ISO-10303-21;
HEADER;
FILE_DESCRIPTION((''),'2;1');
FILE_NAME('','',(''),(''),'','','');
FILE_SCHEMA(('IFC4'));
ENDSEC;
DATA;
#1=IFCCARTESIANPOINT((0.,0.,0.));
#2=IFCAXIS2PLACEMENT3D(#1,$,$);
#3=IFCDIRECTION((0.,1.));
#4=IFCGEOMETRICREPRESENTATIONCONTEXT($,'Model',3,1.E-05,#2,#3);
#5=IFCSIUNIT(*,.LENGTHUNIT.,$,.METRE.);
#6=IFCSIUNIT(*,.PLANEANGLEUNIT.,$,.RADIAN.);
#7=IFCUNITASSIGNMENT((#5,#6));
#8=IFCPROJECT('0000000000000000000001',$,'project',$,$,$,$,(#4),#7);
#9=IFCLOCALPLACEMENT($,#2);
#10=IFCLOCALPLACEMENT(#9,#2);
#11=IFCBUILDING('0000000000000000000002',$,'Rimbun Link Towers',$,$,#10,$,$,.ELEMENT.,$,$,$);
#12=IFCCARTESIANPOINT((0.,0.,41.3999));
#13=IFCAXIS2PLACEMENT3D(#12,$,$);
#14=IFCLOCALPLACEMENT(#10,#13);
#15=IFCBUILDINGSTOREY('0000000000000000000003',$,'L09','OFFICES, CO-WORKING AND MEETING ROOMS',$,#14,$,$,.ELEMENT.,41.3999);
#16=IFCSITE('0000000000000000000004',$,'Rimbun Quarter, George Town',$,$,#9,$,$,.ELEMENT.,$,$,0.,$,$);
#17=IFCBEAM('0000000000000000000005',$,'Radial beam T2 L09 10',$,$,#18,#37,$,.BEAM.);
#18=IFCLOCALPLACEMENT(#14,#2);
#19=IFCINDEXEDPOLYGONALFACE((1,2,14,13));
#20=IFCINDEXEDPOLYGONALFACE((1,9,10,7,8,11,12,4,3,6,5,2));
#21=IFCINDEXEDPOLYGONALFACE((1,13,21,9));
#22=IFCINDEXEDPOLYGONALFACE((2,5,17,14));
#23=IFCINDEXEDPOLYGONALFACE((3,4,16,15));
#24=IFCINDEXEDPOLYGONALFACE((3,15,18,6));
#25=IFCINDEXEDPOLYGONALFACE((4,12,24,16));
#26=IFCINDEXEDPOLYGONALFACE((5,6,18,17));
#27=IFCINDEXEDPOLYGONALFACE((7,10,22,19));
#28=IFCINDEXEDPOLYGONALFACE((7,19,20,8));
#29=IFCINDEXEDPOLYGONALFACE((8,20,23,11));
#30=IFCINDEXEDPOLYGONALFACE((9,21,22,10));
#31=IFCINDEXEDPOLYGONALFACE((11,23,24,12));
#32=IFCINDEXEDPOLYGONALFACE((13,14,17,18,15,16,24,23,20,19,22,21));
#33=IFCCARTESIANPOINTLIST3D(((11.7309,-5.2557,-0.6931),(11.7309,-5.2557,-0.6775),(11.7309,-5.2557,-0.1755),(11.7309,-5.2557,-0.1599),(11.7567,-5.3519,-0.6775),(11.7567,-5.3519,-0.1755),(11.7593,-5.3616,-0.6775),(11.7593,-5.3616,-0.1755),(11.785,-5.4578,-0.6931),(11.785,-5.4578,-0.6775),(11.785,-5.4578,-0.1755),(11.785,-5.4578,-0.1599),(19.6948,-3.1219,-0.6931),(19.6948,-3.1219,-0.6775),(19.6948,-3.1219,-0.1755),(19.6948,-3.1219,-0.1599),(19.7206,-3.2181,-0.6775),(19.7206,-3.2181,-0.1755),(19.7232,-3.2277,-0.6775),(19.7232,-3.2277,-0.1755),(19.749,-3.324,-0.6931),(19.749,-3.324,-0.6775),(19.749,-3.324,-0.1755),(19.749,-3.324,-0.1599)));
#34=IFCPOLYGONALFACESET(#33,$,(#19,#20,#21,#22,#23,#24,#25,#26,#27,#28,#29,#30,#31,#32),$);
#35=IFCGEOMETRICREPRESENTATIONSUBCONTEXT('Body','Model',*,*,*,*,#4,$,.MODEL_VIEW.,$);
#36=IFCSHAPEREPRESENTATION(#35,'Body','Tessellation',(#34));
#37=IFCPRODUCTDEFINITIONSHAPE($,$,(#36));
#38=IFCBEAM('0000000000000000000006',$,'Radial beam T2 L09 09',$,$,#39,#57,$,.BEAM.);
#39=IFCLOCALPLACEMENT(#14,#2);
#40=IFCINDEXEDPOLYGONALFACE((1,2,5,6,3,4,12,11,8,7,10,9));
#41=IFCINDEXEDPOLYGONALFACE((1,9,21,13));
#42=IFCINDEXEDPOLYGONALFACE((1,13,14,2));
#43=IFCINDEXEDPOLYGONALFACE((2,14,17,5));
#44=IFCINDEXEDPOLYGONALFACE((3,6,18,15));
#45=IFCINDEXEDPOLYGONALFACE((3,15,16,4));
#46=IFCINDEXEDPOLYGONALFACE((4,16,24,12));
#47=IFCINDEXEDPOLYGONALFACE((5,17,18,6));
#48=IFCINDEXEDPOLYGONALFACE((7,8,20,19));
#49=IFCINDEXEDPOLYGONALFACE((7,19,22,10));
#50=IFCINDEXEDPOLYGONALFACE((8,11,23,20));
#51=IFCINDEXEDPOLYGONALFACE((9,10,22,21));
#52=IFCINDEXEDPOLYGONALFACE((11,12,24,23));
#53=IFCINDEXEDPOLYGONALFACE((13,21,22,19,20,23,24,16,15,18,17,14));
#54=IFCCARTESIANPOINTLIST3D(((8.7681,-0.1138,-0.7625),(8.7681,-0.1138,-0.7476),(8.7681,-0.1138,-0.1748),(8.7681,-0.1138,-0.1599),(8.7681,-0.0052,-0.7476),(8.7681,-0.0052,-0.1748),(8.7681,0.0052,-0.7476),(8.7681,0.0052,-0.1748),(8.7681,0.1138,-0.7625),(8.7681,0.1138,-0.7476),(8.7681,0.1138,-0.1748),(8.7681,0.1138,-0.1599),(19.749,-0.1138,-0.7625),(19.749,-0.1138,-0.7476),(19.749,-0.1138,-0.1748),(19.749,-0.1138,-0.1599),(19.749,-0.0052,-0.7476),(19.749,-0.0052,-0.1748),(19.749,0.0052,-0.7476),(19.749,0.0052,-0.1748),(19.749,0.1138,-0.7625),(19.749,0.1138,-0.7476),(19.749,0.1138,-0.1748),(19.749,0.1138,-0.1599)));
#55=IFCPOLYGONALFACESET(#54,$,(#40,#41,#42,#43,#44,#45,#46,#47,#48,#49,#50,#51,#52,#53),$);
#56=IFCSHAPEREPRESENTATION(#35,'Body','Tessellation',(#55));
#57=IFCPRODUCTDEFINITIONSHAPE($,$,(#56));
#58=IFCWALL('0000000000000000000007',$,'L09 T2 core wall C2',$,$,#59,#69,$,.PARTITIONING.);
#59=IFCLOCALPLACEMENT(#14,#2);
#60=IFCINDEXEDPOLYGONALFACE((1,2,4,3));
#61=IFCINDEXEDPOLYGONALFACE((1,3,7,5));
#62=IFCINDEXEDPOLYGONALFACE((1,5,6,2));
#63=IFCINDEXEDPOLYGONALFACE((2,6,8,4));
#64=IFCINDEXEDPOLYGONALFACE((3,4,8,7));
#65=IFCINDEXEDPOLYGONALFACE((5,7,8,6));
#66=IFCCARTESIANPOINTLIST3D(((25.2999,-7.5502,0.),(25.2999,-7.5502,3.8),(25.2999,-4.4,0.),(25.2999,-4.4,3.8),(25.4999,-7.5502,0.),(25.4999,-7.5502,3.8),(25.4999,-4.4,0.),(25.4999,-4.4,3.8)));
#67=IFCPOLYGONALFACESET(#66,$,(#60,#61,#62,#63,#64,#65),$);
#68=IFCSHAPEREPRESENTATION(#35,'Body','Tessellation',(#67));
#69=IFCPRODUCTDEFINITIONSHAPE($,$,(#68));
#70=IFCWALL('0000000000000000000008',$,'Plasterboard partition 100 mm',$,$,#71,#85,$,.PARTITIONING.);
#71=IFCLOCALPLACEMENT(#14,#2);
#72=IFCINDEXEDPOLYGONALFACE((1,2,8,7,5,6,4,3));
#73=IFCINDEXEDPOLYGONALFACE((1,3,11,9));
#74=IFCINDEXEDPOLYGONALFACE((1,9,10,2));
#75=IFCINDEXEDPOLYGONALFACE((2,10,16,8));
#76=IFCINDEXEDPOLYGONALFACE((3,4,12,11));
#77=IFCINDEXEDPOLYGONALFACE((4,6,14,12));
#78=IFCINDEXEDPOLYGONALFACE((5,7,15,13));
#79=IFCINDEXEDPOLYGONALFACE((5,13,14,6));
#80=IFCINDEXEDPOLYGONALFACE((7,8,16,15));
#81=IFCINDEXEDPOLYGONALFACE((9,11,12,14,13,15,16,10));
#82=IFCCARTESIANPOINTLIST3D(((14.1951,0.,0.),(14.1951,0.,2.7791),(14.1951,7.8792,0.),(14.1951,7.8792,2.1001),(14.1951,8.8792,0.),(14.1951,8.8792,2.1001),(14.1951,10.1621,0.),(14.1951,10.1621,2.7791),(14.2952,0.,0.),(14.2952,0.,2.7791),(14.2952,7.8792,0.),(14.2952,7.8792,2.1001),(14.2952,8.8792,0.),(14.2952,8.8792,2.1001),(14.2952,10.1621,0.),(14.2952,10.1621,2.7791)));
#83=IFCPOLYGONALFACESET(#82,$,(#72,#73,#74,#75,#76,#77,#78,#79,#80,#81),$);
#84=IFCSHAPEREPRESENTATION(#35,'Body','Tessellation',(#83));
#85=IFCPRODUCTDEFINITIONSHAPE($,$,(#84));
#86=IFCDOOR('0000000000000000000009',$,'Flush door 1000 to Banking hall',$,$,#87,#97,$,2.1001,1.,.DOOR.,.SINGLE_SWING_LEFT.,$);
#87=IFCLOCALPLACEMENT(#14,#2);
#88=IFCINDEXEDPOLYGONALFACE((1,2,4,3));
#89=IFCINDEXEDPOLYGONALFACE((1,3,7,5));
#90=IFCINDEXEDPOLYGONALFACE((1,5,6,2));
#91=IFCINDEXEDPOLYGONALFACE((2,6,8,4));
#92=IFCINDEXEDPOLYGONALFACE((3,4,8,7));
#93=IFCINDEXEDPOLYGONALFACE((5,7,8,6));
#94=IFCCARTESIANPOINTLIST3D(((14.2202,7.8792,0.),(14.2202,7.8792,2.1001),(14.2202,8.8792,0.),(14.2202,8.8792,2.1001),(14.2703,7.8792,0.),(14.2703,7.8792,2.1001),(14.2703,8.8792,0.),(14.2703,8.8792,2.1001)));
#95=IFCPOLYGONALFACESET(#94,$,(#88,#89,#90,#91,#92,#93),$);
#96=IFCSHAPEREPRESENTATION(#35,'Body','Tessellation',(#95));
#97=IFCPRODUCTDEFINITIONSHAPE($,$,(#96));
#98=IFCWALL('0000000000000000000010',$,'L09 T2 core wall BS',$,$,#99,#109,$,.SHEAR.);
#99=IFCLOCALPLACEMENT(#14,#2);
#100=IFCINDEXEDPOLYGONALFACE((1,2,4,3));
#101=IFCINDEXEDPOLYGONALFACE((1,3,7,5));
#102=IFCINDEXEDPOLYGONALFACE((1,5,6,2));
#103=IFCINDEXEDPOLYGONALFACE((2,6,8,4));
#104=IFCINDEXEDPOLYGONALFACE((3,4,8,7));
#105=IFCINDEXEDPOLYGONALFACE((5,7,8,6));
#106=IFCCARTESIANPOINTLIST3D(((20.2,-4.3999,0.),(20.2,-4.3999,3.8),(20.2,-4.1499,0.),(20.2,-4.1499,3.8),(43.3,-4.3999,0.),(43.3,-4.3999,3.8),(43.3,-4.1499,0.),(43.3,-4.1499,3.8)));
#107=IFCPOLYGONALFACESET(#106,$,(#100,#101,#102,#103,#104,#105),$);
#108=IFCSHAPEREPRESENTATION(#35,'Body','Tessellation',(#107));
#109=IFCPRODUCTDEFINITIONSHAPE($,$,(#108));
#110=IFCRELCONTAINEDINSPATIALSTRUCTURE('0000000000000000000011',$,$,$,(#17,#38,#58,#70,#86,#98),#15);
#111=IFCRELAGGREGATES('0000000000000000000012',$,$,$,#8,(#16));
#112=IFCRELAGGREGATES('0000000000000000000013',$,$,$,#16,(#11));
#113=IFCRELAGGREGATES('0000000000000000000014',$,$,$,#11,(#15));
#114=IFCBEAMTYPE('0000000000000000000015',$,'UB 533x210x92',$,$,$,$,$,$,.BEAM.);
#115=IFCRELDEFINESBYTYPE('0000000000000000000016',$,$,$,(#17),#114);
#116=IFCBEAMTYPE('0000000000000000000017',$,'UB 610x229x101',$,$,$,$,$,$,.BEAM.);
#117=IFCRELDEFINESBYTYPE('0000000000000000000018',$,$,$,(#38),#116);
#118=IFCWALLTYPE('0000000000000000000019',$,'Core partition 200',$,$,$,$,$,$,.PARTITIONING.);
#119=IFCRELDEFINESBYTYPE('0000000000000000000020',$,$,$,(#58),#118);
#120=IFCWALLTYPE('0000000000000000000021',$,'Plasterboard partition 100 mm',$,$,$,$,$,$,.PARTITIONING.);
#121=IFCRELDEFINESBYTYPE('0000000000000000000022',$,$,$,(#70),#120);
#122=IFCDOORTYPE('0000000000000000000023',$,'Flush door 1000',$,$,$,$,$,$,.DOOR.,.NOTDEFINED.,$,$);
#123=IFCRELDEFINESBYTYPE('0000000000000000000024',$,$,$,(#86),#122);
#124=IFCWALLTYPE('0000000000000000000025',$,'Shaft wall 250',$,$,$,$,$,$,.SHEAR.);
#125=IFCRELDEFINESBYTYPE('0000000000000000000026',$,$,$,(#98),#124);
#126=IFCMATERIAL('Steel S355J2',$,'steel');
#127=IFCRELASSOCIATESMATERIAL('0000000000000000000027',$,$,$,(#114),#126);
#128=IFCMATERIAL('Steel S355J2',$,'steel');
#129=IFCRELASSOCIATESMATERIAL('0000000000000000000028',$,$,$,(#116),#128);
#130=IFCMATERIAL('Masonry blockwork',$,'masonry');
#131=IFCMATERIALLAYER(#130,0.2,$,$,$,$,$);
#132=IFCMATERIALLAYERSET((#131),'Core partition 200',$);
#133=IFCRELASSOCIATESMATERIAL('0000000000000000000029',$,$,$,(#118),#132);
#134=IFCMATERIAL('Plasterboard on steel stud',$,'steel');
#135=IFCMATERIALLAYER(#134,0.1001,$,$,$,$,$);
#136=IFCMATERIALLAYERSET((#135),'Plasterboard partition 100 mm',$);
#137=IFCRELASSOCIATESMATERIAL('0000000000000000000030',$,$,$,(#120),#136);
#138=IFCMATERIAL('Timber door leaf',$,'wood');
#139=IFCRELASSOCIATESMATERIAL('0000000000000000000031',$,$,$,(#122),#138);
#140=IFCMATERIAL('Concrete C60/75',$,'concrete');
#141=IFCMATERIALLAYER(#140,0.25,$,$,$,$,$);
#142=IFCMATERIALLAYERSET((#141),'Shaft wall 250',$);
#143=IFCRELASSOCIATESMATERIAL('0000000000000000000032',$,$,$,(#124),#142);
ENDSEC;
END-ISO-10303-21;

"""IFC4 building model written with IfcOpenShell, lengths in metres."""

from ifc_helpers import new_model, si_unit, direction, frame, frame_2d, origin, origin_2d, place, context, subcontext, project, spatial, rectangle, i_section, extrude, material, layer, layer_set, material_profile, profile_set, type_object, element, fill, save


model = new_model("IFC4")

# Units and contexts
model_context = context("Model", 3, precision=1e-05, world=origin(), true_north=direction((0.0, 1.0)))
body_context = subcontext(model_context, "Body", "Model", "MODEL_VIEW")
ifc_project = project(units=[si_unit("LENGTHUNIT", "METRE"), si_unit("PLANEANGLEUNIT", "RADIAN")], contexts=[model_context])

# Site, building, storey
site_placement = place(None, origin())
site = spatial("IfcSite", under=ifc_project, at=site_placement, Name="Rimbun Quarter, George Town", CompositionType="ELEMENT", RefElevation=0.0)
building_placement = place(site_placement, origin())
building = spatial("IfcBuilding", under=site, at=building_placement, Name="Rimbun Link Towers", CompositionType="ELEMENT")
storey_placement = place(building_placement, frame((0.0, 0.0, 41.3999)))
storey = spatial("IfcBuildingStorey", under=building, at=storey_placement, Name="L09", Description="OFFICES, CO-WORKING AND MEETING ROOMS", CompositionType="ELEMENT", Elevation=41.3999)

# Beams
ifc_material_1 = material(Name="Steel S355J2", Category="steel")
ifc_material_profile_1 = material_profile(ifc_material_1, i_section(OverallWidth=0.2092, OverallDepth=0.5332, WebThickness=0.01, FlangeThickness=0.0156, at=origin_2d()), Name="UB 533x210x92")
ifc_profile_set_1 = profile_set([ifc_material_profile_1], Name="Steel S355J2")
beam_type_1 = type_object("IfcBeamType", Name="UB 533x210x92", PredefinedType="BEAM", material=ifc_profile_set_1)
beam_1_placement = place(storey_placement, frame((19.7219, -3.2229, -0.4265), z_axis=(-0.96593, -0.258805, 0.0), x_axis=(0.258805, -0.96593, 0.0)))
element("IfcBeam", 1, at=beam_1_placement, inside=storey, type_object=beam_type_1, Name="Radial beam T2 L09 10", PredefinedType="BEAM", context=body_context, shape_type="SweptSolid", body=[
    extrude(i_section(OverallWidth=0.2092, OverallDepth=0.5332, WebThickness=0.01, FlangeThickness=0.0156, at=origin_2d()), origin(), (0.0, 0.0, 1.0), 8.2449),
])
ifc_material_2 = material(Name="Steel S355J2", Category="steel")
ifc_material_profile_2 = material_profile(ifc_material_2, i_section(OverallWidth=0.2275, OverallDepth=0.6025, WebThickness=0.0105, FlangeThickness=0.0149, at=origin_2d()), Name="UB 610x229x101")
ifc_profile_set_2 = profile_set([ifc_material_profile_2], Name="Steel S355J2")
beam_type_2 = type_object("IfcBeamType", Name="UB 610x229x101", PredefinedType="BEAM", material=ifc_profile_set_2)
beam_2_placement = place(storey_placement, frame((19.749, 0.0, -0.4612), z_axis=(-1.0, 0.0, 0.0), x_axis=(0.0, -1.0, 0.0)))
element("IfcBeam", 2, at=beam_2_placement, inside=storey, type_object=beam_type_2, Name="Radial beam T2 L09 09", PredefinedType="BEAM", context=body_context, shape_type="SweptSolid", body=[
    extrude(i_section(OverallWidth=0.2275, OverallDepth=0.6025, WebThickness=0.0105, FlangeThickness=0.0149, at=origin_2d()), origin(), (0.0, 0.0, 1.0), 10.981),
])

# Wall
ifc_material_3 = material(Name="Masonry blockwork", Category="masonry")
ifc_layer_1 = layer(ifc_material_3, 0.2)
ifc_layer_set_1 = layer_set([ifc_layer_1], Name="Core partition 200")
wall_type_1 = type_object("IfcWallType", Name="Core partition 200", PredefinedType="PARTITIONING", material=ifc_layer_set_1)
wall_1_placement = place(storey_placement, frame((25.3999, -4.3999, 0.0), z_axis=(0.0, 0.0, 1.0), x_axis=(0.0, -1.0, 0.0)))
element("IfcWall", 3, at=wall_1_placement, inside=storey, type_object=wall_type_1, Name="L09 T2 core wall C2", PredefinedType="PARTITIONING", context=body_context, shape_type="SweptSolid", body=[
    extrude(rectangle(XDim=3.1501, YDim=0.2, at=frame_2d((1.5752, 0.0))), origin(), (0.0, 0.0, 1.0), 3.8),
])

# Wall, opening, door
ifc_material_4 = material(Name="Plasterboard on steel stud", Category="steel")
ifc_layer_2 = layer(ifc_material_4, 0.1001)
ifc_layer_set_2 = layer_set([ifc_layer_2], Name="Plasterboard partition 100 mm")
wall_type_2 = type_object("IfcWallType", Name="Plasterboard partition 100 mm", PredefinedType="PARTITIONING", material=ifc_layer_set_2)
wall_2_placement = place(storey_placement, frame((14.2451, 0.0, 0.0), z_axis=(0.0, 0.0, 1.0), x_axis=(0.0, 1.0, 0.0)))
wall_2 = element("IfcWall", 4, at=wall_2_placement, inside=storey, type_object=wall_type_2, Name="Plasterboard partition 100 mm", PredefinedType="PARTITIONING", context=body_context, shape_type="SweptSolid", body=[
    extrude(rectangle(XDim=10.1621, YDim=0.1001, at=frame_2d((5.0811, 0.0))), origin(), (0.0, 0.0, 1.0), 2.7791),
])
opening_1_placement = place(wall_2_placement, frame((7.8792, 0.0, 0.0)))
opening_1 = element("IfcOpeningElement", 5, at=opening_1_placement, cuts=wall_2, PredefinedType="OPENING", context=body_context, shape_type="SweptSolid", body=[
    extrude(rectangle(XDim=1.0, YDim=2.1001, at=frame_2d((0.5, 1.05))), frame((0.0, 0.0601, 0.0), z_axis=(0.0, -1.0, 0.0), x_axis=(1.0, 0.0, 0.0)), (0.0, 0.0, 1.0), 0.1201),
])
ifc_material_5 = material(Name="Timber door leaf", Category="wood")
door_type_1 = type_object("IfcDoorType", Name="Flush door 1000", OperationType="NOTDEFINED", PredefinedType="DOOR", material=ifc_material_5)
door_1_placement = place(opening_1_placement, origin())
door_1 = element("IfcDoor", 6, at=door_1_placement, inside=storey, type_object=door_type_1, Name="Flush door 1000 to Banking hall", OperationType="SINGLE_SWING_LEFT", OverallHeight=2.1001, OverallWidth=1.0, PredefinedType="DOOR", context=body_context, shape_type="SweptSolid", body=[
    extrude(rectangle(XDim=1.0, YDim=2.1001, at=frame_2d((0.5, 1.05))), frame((0.0, 0.0249, 0.0), z_axis=(0.0, -1.0, 0.0), x_axis=(1.0, 0.0, 0.0)), (0.0, 0.0, 1.0), 0.05),
])
fill(opening_1, door_1)

# Wall
ifc_material_6 = material(Name="Concrete C60/75", Category="concrete")
ifc_layer_3 = layer(ifc_material_6, 0.25)
ifc_layer_set_3 = layer_set([ifc_layer_3], Name="Shaft wall 250")
wall_type_3 = type_object("IfcWallType", Name="Shaft wall 250", PredefinedType="SHEAR", material=ifc_layer_set_3)
wall_3_placement = place(storey_placement, frame((20.2, -4.2749, 0.0), z_axis=(0.0, 0.0, 1.0), x_axis=(1.0, 0.0, 0.0)))
element("IfcWall", 7, at=wall_3_placement, inside=storey, type_object=wall_type_3, Name="L09 T2 core wall BS", PredefinedType="SHEAR", context=body_context, shape_type="SweptSolid", body=[
    extrude(rectangle(XDim=23.1001, YDim=0.25, at=frame_2d((11.55, 0.0))), origin(), (0.0, 0.0, 1.0), 3.8),
])

save(model, "model.ifc")
